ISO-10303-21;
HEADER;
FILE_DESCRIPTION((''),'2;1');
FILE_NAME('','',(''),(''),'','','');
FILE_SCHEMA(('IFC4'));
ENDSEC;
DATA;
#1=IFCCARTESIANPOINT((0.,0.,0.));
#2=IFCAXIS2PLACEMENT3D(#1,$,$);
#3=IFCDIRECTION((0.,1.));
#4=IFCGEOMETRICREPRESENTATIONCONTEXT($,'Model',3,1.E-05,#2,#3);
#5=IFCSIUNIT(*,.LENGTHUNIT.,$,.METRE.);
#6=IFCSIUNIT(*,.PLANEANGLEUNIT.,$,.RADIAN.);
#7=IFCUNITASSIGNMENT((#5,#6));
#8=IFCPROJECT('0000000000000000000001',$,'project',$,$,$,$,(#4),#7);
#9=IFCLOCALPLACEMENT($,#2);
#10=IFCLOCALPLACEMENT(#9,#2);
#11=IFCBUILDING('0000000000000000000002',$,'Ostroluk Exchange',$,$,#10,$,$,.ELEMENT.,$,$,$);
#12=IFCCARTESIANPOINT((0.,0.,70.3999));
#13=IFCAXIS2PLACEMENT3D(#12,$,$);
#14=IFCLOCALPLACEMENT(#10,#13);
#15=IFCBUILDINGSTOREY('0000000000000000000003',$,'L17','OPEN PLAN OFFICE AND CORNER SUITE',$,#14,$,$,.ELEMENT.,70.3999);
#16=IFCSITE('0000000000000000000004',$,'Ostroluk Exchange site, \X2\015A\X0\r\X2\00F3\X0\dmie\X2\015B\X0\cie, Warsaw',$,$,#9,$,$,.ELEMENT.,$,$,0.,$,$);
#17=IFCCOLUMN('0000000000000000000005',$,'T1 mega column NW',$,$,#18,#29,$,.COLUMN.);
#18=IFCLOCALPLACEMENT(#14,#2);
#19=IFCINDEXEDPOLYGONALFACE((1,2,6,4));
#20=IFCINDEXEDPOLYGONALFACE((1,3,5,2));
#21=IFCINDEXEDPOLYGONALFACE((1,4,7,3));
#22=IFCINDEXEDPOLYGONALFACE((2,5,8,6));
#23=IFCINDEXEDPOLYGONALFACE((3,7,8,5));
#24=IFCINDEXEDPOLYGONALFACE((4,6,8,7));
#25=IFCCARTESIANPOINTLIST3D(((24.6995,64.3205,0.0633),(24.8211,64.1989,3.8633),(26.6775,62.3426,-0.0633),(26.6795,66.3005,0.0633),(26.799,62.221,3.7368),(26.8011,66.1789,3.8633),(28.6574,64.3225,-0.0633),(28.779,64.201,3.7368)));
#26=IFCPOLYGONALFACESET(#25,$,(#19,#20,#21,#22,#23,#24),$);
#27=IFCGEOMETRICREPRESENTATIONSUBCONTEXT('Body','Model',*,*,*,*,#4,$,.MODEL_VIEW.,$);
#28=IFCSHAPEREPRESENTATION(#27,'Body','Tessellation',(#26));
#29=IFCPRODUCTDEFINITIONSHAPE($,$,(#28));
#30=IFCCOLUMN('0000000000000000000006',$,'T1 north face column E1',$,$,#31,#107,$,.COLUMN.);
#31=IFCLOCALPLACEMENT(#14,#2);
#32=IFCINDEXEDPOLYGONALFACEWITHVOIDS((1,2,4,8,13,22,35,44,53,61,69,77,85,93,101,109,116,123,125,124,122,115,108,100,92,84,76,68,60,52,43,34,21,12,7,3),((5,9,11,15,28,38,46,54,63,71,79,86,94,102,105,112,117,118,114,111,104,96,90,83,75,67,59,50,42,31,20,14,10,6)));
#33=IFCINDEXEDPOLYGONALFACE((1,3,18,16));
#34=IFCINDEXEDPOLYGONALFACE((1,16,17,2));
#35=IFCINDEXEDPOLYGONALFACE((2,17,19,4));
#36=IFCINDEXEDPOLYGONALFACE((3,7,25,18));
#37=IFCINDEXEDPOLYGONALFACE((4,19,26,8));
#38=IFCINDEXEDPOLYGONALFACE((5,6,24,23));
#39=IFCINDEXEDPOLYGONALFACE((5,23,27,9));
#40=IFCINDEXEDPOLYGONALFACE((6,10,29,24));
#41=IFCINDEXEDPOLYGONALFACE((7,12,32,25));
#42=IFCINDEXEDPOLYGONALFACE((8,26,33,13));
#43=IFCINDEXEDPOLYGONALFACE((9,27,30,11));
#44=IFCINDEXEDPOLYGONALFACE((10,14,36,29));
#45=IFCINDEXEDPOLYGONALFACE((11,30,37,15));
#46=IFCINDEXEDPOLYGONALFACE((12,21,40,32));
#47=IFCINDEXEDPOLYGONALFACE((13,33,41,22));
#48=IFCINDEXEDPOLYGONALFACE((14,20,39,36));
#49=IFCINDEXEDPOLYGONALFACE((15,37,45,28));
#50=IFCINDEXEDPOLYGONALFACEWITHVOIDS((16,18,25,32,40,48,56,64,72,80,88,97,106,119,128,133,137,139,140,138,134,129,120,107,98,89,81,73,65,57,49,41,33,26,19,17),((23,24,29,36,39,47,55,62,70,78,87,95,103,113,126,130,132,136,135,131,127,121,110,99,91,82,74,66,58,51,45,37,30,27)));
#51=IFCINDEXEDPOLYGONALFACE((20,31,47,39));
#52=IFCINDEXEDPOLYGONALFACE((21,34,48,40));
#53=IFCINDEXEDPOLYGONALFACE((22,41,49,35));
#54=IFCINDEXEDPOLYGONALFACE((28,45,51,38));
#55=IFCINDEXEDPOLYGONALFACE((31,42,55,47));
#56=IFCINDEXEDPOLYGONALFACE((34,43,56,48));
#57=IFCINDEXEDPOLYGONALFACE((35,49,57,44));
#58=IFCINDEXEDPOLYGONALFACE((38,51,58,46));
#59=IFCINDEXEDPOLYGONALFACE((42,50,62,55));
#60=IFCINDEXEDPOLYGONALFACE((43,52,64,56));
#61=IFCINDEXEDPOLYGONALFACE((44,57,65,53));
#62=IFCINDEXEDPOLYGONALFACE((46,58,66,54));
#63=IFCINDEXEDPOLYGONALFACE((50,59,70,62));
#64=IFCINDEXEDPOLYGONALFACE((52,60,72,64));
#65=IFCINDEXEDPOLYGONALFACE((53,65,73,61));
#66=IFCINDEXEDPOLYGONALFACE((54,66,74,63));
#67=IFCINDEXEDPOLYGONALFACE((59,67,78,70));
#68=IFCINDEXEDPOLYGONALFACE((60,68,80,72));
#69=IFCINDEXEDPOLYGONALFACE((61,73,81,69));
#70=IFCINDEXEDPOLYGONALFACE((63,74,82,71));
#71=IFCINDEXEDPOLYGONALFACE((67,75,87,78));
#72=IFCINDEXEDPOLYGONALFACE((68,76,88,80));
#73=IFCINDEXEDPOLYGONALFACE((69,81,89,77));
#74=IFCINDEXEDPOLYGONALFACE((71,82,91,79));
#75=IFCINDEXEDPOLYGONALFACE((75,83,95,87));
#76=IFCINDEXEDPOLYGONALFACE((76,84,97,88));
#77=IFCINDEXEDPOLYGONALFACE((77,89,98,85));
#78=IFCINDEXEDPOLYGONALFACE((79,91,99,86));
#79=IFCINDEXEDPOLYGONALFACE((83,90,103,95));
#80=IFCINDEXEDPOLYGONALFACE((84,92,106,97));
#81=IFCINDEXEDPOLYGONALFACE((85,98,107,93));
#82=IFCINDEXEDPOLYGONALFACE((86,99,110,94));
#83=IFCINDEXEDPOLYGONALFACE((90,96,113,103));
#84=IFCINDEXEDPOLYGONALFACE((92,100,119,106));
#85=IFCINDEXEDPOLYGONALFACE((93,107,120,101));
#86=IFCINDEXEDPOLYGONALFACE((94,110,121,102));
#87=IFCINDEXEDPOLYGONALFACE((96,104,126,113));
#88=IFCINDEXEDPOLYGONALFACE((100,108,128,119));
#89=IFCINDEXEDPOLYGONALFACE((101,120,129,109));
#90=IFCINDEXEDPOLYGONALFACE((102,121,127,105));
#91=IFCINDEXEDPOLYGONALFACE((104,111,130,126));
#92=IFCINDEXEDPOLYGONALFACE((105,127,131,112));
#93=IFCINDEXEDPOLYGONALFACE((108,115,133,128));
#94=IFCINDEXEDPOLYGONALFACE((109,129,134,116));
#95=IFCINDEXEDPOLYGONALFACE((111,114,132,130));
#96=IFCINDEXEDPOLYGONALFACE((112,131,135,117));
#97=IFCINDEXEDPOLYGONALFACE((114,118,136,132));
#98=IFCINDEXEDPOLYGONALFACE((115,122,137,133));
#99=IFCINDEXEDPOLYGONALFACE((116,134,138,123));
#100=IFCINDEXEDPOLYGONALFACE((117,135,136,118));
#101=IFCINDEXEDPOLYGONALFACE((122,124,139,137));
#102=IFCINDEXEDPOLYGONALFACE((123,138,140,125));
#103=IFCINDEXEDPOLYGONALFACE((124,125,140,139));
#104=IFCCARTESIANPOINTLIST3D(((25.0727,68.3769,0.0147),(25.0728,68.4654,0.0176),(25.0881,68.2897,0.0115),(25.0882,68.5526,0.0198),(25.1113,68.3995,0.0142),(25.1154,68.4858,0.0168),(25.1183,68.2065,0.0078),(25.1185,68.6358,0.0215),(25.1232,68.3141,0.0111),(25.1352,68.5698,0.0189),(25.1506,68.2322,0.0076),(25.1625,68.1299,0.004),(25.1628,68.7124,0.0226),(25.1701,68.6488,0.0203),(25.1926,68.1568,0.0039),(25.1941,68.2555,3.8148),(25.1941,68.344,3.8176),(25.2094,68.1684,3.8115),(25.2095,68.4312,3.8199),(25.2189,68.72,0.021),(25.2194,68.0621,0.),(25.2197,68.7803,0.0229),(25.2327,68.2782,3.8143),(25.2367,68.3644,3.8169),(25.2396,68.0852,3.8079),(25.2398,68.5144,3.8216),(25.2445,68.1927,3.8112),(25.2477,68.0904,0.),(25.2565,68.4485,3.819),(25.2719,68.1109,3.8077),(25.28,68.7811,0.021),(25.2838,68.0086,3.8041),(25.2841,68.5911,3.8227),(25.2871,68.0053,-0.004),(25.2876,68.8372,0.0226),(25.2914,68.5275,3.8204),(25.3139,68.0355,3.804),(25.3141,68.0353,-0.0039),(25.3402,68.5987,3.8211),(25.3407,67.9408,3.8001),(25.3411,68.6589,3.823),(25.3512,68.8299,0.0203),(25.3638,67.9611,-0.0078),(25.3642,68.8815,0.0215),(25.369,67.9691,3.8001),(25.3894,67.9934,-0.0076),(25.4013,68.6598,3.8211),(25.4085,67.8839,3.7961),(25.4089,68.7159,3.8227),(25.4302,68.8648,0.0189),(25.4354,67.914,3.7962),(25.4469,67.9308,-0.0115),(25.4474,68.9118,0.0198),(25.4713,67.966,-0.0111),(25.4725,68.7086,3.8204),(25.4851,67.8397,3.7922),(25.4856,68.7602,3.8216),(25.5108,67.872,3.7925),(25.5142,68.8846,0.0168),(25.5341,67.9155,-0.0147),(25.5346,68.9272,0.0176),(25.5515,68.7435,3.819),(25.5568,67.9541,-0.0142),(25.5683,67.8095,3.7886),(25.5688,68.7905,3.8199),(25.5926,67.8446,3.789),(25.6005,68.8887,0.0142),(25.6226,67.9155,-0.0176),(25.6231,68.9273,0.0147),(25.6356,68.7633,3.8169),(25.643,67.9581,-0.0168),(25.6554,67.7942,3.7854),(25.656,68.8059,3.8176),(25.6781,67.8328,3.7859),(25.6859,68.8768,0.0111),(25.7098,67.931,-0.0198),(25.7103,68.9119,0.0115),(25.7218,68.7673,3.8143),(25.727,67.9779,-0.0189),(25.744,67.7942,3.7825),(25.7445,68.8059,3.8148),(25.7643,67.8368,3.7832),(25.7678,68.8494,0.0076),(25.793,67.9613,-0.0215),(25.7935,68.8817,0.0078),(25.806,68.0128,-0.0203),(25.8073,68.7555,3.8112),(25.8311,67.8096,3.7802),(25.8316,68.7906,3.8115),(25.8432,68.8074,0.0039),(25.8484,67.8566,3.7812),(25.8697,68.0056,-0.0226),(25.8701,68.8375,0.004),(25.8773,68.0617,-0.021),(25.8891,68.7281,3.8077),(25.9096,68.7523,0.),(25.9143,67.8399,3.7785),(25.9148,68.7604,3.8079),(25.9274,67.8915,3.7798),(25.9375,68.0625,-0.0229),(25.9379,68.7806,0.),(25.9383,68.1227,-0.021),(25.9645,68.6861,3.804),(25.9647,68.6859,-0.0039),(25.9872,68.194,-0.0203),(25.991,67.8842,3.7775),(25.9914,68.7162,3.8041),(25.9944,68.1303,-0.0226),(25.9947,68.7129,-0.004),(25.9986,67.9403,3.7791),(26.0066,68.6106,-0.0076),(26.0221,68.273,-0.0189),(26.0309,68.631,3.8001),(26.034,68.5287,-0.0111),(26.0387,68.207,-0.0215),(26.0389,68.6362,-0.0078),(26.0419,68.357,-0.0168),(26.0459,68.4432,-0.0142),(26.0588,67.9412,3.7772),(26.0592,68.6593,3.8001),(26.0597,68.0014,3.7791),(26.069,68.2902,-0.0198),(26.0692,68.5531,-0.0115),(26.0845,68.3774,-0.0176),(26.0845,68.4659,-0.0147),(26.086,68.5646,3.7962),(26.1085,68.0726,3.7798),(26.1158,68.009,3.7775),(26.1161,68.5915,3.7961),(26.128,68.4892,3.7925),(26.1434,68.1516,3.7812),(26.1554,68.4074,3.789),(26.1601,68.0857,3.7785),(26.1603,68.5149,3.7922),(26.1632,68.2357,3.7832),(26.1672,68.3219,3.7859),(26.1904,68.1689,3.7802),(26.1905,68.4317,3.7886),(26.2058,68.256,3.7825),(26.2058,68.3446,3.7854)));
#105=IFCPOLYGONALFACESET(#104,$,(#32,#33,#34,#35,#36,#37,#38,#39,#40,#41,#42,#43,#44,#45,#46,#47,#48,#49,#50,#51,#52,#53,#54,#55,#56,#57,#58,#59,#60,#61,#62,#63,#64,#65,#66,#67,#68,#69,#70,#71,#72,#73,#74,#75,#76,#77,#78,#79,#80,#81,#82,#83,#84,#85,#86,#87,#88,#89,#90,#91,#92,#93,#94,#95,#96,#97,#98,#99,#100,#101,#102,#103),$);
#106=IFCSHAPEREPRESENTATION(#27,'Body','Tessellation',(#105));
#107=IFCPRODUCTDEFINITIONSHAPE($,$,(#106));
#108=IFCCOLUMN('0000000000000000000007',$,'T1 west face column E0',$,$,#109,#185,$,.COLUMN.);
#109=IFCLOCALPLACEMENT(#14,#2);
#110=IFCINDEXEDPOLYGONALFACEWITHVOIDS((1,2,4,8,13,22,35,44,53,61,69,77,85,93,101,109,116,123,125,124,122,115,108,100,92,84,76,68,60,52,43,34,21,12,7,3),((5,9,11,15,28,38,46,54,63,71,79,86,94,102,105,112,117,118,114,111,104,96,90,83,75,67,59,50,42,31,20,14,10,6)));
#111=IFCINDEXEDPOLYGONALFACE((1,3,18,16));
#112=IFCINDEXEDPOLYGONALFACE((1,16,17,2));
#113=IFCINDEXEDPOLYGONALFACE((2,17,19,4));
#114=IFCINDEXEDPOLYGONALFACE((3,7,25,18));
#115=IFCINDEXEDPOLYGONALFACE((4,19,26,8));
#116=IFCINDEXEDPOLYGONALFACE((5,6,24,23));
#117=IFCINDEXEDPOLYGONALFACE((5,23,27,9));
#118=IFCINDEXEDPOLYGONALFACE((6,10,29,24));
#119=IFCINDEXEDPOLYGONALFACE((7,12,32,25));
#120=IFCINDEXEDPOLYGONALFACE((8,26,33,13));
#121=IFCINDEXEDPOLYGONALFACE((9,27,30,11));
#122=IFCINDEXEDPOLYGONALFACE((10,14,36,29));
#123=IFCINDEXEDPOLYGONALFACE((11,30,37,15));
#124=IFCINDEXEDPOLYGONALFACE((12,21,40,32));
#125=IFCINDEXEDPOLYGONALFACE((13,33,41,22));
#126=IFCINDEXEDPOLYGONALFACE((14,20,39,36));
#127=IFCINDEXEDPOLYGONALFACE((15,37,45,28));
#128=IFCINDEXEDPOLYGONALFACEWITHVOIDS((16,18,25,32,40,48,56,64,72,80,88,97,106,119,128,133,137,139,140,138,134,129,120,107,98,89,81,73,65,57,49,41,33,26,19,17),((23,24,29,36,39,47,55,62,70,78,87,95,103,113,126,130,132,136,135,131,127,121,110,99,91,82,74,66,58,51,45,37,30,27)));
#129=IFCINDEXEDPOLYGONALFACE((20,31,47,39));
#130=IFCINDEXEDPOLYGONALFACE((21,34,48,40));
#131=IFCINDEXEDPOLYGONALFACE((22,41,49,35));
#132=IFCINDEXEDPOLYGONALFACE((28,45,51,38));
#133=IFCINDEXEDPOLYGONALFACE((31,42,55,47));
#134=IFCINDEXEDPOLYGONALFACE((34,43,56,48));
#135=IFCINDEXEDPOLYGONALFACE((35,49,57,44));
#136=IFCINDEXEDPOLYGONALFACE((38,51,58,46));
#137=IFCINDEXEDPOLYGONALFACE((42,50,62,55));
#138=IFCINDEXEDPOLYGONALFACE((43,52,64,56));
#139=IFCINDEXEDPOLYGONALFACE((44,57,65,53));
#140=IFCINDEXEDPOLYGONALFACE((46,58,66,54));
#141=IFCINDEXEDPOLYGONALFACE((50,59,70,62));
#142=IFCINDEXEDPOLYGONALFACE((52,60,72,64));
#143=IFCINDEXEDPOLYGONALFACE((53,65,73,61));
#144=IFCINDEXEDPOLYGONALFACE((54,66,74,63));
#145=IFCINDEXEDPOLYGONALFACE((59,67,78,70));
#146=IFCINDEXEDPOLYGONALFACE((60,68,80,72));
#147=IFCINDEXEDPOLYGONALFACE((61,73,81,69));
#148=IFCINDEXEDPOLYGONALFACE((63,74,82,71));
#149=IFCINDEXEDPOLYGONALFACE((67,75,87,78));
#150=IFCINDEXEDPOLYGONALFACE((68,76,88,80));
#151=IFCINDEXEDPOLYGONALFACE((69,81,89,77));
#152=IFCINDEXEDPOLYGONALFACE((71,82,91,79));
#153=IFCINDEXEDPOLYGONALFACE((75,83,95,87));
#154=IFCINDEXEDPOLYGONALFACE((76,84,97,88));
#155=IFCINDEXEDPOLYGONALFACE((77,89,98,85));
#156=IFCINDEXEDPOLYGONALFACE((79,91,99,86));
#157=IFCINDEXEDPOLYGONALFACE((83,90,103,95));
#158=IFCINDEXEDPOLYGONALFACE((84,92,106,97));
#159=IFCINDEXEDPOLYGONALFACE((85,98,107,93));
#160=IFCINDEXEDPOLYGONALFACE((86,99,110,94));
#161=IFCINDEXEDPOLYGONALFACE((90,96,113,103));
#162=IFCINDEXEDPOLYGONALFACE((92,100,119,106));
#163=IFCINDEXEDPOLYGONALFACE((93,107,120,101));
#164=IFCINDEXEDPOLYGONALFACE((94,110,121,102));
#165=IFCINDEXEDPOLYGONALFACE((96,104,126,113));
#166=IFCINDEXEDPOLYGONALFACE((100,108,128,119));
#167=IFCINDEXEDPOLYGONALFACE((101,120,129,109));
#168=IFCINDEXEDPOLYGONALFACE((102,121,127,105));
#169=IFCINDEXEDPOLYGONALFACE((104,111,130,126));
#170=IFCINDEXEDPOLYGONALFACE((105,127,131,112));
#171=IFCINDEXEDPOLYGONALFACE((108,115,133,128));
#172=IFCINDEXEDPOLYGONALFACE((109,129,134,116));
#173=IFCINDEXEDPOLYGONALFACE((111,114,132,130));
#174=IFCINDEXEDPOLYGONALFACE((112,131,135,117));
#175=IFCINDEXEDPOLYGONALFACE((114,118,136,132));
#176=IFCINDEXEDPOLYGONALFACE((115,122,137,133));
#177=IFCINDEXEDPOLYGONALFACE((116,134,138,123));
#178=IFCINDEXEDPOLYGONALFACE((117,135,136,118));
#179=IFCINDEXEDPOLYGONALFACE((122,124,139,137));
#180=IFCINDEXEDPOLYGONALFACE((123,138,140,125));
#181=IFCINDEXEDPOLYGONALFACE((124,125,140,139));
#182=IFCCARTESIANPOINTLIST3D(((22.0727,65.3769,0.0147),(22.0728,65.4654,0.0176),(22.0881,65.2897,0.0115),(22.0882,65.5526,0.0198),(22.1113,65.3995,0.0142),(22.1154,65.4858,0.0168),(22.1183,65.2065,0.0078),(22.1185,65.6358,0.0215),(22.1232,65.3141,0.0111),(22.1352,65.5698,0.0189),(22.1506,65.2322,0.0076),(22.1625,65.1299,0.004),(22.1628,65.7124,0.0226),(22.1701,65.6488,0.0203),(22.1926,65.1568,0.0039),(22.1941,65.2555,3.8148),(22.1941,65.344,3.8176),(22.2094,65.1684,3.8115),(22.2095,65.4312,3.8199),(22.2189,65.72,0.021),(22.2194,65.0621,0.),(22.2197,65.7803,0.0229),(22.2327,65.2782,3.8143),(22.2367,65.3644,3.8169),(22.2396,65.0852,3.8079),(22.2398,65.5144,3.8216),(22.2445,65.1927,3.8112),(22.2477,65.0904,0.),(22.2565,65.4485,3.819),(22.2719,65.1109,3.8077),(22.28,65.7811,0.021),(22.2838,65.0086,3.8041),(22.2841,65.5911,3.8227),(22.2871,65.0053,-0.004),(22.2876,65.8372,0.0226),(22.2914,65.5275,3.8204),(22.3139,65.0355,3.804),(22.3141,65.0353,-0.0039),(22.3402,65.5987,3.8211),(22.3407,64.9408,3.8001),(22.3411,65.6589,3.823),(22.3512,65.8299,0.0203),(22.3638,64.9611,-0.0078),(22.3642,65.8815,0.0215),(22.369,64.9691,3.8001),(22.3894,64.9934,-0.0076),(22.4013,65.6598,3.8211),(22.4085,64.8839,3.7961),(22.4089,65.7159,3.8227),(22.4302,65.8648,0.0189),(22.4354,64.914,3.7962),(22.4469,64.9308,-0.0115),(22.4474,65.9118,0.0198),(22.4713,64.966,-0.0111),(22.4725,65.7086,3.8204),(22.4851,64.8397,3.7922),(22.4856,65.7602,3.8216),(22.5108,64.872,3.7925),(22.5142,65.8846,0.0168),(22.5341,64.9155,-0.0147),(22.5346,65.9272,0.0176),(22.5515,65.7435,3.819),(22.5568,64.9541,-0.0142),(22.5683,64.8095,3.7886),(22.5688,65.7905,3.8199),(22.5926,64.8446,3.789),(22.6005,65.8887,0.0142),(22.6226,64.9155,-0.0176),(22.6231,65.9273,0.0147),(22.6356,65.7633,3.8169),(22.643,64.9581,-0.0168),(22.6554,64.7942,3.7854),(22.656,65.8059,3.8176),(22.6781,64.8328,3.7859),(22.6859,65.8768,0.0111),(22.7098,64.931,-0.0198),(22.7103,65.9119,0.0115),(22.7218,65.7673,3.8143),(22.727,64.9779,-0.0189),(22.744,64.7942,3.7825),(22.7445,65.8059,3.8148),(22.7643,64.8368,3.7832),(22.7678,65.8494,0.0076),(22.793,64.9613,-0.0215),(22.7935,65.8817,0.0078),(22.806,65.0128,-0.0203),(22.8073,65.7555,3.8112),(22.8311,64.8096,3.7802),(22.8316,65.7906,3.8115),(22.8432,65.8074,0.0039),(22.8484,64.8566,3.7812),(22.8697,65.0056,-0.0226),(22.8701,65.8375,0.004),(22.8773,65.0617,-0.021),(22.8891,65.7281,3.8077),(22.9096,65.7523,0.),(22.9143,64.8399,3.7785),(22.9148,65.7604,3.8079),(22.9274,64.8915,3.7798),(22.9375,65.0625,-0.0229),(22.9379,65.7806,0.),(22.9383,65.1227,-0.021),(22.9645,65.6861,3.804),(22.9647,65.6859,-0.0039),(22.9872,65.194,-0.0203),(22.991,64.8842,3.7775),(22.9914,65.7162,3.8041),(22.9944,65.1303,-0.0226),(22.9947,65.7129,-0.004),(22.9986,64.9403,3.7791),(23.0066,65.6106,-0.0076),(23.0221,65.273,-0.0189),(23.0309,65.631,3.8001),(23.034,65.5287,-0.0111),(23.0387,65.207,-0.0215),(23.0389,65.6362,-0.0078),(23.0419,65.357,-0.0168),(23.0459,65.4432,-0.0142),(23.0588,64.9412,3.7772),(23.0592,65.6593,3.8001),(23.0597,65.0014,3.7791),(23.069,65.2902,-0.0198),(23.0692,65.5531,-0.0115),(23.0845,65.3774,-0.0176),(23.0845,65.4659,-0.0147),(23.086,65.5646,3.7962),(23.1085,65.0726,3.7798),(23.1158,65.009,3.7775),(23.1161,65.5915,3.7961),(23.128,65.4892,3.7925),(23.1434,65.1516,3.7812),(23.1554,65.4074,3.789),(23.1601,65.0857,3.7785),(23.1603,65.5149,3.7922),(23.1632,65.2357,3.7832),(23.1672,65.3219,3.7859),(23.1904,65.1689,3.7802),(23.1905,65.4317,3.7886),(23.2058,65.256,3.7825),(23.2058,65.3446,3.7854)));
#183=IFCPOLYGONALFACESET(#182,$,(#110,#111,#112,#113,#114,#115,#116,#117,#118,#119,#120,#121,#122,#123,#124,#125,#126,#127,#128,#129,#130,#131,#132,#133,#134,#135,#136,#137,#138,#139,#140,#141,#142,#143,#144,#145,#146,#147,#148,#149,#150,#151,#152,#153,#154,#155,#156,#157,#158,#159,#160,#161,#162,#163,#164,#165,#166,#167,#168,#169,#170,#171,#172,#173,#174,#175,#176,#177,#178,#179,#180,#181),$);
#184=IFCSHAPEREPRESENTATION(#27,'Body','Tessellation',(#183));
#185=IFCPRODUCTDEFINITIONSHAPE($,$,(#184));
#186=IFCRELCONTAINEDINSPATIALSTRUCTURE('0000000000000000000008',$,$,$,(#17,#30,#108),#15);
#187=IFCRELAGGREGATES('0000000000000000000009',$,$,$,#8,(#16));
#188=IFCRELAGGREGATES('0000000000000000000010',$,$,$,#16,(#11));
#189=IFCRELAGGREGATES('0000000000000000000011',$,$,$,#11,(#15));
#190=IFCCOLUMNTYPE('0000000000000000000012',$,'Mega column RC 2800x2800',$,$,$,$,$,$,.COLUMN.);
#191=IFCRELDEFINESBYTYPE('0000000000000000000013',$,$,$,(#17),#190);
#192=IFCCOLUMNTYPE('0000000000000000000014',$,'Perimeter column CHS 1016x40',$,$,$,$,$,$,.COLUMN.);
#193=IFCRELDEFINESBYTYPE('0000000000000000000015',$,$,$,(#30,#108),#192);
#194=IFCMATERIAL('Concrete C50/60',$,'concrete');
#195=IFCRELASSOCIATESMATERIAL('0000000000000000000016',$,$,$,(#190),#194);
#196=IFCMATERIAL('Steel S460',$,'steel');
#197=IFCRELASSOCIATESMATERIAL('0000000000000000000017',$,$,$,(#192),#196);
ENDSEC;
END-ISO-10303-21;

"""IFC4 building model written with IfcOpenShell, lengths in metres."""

from ifc_helpers import new_model, si_unit, direction, frame, origin, origin_2d, place, context, subcontext, project, spatial, rectangle, hollow_circle, extrude, material, material_profile, profile_set, type_object, element, save


model = new_model("IFC4")

# Units and contexts
model_context = context("Model", 3, precision=1e-05, world=origin(), true_north=direction((0.0, 1.0)))
body_context = subcontext(model_context, "Body", "Model", "MODEL_VIEW")
ifc_project = project(units=[si_unit("LENGTHUNIT", "METRE"), si_unit("PLANEANGLEUNIT", "RADIAN")], contexts=[model_context])

# Site, building, storey
site_placement = place(None, origin())
site = spatial("IfcSite", under=ifc_project, at=site_placement, Name="Ostroluk Exchange site, Śródmieście, Warsaw", CompositionType="ELEMENT", RefElevation=0.0)
building_placement = place(site_placement, origin())
building = spatial("IfcBuilding", under=site, at=building_placement, Name="Ostroluk Exchange", CompositionType="ELEMENT")
storey_placement = place(building_placement, frame((0.0, 0.0, 70.3999)))
storey = spatial("IfcBuildingStorey", under=building, at=storey_placement, Name="L17", Description="OPEN PLAN OFFICE AND CORNER SUITE", CompositionType="ELEMENT", Elevation=70.3999)

# Columns
ifc_material_1 = material(Name="Concrete C50/60", Category="concrete")
ifc_material_profile_1 = material_profile(ifc_material_1, rectangle(XDim=2.8, YDim=2.8, at=origin_2d()), Name="RC 2800x2800")
ifc_profile_set_1 = profile_set([ifc_material_profile_1], Name="Concrete C50/60")
column_type_1 = type_object("IfcColumnType", Name="Mega column RC 2800x2800", PredefinedType="COLUMN", material=ifc_profile_set_1)
column_placement = place(storey_placement, frame((26.6785, 64.3215, 0.0), z_axis=(0.031962, -0.031962, 0.998978), x_axis=(0.707107, 0.707107, 0.0)))
element("IfcColumn", 1, at=column_placement, inside=storey, type_object=column_type_1, Name="T1 mega column NW", PredefinedType="COLUMN", context=body_context, shape_type="SweptSolid", body=[
    extrude(rectangle(XDim=2.8, YDim=2.8, at=origin_2d()), origin(), (0.0, 0.0, 1.0), 3.804),
])
ifc_material_2 = material(Name="Steel S460", Category="steel")
ifc_material_profile_2 = material_profile(ifc_material_2, hollow_circle(Radius=0.5081, WallThickness=0.04, at=origin_2d()), Name="CHS 1016x40")
ifc_profile_set_2 = profile_set([ifc_material_profile_2], Name="Steel S460")
column_type_2 = type_object("IfcColumnType", Name="Perimeter column CHS 1016x40", PredefinedType="COLUMN", material=ifc_profile_set_2)
for number, where, z_axis, x_axis, name in (
    (2, (25.5786, 68.4214, 0.0), (0.031898, -0.031898, 0.998982), (0.707107, 0.707107, 0.0), "T1 north face column E1"),
    (3, (22.5786, 65.4214, 0.0), (0.031898, -0.031898, 0.998982), (0.707107, 0.707107, 0.0), "T1 west face column E0"),
):
    element("IfcColumn", number, at=place(storey_placement, frame(where, z_axis=z_axis, x_axis=x_axis)), inside=storey, type_object=column_type_2, Name=name, PredefinedType="COLUMN", context=body_context, shape_type="SweptSolid", body=[
        extrude(hollow_circle(Radius=0.5081, WallThickness=0.04, at=origin_2d()), origin(), (0.0, 0.0, 1.0), 3.804),
    ])

save(model, "model.ifc")
